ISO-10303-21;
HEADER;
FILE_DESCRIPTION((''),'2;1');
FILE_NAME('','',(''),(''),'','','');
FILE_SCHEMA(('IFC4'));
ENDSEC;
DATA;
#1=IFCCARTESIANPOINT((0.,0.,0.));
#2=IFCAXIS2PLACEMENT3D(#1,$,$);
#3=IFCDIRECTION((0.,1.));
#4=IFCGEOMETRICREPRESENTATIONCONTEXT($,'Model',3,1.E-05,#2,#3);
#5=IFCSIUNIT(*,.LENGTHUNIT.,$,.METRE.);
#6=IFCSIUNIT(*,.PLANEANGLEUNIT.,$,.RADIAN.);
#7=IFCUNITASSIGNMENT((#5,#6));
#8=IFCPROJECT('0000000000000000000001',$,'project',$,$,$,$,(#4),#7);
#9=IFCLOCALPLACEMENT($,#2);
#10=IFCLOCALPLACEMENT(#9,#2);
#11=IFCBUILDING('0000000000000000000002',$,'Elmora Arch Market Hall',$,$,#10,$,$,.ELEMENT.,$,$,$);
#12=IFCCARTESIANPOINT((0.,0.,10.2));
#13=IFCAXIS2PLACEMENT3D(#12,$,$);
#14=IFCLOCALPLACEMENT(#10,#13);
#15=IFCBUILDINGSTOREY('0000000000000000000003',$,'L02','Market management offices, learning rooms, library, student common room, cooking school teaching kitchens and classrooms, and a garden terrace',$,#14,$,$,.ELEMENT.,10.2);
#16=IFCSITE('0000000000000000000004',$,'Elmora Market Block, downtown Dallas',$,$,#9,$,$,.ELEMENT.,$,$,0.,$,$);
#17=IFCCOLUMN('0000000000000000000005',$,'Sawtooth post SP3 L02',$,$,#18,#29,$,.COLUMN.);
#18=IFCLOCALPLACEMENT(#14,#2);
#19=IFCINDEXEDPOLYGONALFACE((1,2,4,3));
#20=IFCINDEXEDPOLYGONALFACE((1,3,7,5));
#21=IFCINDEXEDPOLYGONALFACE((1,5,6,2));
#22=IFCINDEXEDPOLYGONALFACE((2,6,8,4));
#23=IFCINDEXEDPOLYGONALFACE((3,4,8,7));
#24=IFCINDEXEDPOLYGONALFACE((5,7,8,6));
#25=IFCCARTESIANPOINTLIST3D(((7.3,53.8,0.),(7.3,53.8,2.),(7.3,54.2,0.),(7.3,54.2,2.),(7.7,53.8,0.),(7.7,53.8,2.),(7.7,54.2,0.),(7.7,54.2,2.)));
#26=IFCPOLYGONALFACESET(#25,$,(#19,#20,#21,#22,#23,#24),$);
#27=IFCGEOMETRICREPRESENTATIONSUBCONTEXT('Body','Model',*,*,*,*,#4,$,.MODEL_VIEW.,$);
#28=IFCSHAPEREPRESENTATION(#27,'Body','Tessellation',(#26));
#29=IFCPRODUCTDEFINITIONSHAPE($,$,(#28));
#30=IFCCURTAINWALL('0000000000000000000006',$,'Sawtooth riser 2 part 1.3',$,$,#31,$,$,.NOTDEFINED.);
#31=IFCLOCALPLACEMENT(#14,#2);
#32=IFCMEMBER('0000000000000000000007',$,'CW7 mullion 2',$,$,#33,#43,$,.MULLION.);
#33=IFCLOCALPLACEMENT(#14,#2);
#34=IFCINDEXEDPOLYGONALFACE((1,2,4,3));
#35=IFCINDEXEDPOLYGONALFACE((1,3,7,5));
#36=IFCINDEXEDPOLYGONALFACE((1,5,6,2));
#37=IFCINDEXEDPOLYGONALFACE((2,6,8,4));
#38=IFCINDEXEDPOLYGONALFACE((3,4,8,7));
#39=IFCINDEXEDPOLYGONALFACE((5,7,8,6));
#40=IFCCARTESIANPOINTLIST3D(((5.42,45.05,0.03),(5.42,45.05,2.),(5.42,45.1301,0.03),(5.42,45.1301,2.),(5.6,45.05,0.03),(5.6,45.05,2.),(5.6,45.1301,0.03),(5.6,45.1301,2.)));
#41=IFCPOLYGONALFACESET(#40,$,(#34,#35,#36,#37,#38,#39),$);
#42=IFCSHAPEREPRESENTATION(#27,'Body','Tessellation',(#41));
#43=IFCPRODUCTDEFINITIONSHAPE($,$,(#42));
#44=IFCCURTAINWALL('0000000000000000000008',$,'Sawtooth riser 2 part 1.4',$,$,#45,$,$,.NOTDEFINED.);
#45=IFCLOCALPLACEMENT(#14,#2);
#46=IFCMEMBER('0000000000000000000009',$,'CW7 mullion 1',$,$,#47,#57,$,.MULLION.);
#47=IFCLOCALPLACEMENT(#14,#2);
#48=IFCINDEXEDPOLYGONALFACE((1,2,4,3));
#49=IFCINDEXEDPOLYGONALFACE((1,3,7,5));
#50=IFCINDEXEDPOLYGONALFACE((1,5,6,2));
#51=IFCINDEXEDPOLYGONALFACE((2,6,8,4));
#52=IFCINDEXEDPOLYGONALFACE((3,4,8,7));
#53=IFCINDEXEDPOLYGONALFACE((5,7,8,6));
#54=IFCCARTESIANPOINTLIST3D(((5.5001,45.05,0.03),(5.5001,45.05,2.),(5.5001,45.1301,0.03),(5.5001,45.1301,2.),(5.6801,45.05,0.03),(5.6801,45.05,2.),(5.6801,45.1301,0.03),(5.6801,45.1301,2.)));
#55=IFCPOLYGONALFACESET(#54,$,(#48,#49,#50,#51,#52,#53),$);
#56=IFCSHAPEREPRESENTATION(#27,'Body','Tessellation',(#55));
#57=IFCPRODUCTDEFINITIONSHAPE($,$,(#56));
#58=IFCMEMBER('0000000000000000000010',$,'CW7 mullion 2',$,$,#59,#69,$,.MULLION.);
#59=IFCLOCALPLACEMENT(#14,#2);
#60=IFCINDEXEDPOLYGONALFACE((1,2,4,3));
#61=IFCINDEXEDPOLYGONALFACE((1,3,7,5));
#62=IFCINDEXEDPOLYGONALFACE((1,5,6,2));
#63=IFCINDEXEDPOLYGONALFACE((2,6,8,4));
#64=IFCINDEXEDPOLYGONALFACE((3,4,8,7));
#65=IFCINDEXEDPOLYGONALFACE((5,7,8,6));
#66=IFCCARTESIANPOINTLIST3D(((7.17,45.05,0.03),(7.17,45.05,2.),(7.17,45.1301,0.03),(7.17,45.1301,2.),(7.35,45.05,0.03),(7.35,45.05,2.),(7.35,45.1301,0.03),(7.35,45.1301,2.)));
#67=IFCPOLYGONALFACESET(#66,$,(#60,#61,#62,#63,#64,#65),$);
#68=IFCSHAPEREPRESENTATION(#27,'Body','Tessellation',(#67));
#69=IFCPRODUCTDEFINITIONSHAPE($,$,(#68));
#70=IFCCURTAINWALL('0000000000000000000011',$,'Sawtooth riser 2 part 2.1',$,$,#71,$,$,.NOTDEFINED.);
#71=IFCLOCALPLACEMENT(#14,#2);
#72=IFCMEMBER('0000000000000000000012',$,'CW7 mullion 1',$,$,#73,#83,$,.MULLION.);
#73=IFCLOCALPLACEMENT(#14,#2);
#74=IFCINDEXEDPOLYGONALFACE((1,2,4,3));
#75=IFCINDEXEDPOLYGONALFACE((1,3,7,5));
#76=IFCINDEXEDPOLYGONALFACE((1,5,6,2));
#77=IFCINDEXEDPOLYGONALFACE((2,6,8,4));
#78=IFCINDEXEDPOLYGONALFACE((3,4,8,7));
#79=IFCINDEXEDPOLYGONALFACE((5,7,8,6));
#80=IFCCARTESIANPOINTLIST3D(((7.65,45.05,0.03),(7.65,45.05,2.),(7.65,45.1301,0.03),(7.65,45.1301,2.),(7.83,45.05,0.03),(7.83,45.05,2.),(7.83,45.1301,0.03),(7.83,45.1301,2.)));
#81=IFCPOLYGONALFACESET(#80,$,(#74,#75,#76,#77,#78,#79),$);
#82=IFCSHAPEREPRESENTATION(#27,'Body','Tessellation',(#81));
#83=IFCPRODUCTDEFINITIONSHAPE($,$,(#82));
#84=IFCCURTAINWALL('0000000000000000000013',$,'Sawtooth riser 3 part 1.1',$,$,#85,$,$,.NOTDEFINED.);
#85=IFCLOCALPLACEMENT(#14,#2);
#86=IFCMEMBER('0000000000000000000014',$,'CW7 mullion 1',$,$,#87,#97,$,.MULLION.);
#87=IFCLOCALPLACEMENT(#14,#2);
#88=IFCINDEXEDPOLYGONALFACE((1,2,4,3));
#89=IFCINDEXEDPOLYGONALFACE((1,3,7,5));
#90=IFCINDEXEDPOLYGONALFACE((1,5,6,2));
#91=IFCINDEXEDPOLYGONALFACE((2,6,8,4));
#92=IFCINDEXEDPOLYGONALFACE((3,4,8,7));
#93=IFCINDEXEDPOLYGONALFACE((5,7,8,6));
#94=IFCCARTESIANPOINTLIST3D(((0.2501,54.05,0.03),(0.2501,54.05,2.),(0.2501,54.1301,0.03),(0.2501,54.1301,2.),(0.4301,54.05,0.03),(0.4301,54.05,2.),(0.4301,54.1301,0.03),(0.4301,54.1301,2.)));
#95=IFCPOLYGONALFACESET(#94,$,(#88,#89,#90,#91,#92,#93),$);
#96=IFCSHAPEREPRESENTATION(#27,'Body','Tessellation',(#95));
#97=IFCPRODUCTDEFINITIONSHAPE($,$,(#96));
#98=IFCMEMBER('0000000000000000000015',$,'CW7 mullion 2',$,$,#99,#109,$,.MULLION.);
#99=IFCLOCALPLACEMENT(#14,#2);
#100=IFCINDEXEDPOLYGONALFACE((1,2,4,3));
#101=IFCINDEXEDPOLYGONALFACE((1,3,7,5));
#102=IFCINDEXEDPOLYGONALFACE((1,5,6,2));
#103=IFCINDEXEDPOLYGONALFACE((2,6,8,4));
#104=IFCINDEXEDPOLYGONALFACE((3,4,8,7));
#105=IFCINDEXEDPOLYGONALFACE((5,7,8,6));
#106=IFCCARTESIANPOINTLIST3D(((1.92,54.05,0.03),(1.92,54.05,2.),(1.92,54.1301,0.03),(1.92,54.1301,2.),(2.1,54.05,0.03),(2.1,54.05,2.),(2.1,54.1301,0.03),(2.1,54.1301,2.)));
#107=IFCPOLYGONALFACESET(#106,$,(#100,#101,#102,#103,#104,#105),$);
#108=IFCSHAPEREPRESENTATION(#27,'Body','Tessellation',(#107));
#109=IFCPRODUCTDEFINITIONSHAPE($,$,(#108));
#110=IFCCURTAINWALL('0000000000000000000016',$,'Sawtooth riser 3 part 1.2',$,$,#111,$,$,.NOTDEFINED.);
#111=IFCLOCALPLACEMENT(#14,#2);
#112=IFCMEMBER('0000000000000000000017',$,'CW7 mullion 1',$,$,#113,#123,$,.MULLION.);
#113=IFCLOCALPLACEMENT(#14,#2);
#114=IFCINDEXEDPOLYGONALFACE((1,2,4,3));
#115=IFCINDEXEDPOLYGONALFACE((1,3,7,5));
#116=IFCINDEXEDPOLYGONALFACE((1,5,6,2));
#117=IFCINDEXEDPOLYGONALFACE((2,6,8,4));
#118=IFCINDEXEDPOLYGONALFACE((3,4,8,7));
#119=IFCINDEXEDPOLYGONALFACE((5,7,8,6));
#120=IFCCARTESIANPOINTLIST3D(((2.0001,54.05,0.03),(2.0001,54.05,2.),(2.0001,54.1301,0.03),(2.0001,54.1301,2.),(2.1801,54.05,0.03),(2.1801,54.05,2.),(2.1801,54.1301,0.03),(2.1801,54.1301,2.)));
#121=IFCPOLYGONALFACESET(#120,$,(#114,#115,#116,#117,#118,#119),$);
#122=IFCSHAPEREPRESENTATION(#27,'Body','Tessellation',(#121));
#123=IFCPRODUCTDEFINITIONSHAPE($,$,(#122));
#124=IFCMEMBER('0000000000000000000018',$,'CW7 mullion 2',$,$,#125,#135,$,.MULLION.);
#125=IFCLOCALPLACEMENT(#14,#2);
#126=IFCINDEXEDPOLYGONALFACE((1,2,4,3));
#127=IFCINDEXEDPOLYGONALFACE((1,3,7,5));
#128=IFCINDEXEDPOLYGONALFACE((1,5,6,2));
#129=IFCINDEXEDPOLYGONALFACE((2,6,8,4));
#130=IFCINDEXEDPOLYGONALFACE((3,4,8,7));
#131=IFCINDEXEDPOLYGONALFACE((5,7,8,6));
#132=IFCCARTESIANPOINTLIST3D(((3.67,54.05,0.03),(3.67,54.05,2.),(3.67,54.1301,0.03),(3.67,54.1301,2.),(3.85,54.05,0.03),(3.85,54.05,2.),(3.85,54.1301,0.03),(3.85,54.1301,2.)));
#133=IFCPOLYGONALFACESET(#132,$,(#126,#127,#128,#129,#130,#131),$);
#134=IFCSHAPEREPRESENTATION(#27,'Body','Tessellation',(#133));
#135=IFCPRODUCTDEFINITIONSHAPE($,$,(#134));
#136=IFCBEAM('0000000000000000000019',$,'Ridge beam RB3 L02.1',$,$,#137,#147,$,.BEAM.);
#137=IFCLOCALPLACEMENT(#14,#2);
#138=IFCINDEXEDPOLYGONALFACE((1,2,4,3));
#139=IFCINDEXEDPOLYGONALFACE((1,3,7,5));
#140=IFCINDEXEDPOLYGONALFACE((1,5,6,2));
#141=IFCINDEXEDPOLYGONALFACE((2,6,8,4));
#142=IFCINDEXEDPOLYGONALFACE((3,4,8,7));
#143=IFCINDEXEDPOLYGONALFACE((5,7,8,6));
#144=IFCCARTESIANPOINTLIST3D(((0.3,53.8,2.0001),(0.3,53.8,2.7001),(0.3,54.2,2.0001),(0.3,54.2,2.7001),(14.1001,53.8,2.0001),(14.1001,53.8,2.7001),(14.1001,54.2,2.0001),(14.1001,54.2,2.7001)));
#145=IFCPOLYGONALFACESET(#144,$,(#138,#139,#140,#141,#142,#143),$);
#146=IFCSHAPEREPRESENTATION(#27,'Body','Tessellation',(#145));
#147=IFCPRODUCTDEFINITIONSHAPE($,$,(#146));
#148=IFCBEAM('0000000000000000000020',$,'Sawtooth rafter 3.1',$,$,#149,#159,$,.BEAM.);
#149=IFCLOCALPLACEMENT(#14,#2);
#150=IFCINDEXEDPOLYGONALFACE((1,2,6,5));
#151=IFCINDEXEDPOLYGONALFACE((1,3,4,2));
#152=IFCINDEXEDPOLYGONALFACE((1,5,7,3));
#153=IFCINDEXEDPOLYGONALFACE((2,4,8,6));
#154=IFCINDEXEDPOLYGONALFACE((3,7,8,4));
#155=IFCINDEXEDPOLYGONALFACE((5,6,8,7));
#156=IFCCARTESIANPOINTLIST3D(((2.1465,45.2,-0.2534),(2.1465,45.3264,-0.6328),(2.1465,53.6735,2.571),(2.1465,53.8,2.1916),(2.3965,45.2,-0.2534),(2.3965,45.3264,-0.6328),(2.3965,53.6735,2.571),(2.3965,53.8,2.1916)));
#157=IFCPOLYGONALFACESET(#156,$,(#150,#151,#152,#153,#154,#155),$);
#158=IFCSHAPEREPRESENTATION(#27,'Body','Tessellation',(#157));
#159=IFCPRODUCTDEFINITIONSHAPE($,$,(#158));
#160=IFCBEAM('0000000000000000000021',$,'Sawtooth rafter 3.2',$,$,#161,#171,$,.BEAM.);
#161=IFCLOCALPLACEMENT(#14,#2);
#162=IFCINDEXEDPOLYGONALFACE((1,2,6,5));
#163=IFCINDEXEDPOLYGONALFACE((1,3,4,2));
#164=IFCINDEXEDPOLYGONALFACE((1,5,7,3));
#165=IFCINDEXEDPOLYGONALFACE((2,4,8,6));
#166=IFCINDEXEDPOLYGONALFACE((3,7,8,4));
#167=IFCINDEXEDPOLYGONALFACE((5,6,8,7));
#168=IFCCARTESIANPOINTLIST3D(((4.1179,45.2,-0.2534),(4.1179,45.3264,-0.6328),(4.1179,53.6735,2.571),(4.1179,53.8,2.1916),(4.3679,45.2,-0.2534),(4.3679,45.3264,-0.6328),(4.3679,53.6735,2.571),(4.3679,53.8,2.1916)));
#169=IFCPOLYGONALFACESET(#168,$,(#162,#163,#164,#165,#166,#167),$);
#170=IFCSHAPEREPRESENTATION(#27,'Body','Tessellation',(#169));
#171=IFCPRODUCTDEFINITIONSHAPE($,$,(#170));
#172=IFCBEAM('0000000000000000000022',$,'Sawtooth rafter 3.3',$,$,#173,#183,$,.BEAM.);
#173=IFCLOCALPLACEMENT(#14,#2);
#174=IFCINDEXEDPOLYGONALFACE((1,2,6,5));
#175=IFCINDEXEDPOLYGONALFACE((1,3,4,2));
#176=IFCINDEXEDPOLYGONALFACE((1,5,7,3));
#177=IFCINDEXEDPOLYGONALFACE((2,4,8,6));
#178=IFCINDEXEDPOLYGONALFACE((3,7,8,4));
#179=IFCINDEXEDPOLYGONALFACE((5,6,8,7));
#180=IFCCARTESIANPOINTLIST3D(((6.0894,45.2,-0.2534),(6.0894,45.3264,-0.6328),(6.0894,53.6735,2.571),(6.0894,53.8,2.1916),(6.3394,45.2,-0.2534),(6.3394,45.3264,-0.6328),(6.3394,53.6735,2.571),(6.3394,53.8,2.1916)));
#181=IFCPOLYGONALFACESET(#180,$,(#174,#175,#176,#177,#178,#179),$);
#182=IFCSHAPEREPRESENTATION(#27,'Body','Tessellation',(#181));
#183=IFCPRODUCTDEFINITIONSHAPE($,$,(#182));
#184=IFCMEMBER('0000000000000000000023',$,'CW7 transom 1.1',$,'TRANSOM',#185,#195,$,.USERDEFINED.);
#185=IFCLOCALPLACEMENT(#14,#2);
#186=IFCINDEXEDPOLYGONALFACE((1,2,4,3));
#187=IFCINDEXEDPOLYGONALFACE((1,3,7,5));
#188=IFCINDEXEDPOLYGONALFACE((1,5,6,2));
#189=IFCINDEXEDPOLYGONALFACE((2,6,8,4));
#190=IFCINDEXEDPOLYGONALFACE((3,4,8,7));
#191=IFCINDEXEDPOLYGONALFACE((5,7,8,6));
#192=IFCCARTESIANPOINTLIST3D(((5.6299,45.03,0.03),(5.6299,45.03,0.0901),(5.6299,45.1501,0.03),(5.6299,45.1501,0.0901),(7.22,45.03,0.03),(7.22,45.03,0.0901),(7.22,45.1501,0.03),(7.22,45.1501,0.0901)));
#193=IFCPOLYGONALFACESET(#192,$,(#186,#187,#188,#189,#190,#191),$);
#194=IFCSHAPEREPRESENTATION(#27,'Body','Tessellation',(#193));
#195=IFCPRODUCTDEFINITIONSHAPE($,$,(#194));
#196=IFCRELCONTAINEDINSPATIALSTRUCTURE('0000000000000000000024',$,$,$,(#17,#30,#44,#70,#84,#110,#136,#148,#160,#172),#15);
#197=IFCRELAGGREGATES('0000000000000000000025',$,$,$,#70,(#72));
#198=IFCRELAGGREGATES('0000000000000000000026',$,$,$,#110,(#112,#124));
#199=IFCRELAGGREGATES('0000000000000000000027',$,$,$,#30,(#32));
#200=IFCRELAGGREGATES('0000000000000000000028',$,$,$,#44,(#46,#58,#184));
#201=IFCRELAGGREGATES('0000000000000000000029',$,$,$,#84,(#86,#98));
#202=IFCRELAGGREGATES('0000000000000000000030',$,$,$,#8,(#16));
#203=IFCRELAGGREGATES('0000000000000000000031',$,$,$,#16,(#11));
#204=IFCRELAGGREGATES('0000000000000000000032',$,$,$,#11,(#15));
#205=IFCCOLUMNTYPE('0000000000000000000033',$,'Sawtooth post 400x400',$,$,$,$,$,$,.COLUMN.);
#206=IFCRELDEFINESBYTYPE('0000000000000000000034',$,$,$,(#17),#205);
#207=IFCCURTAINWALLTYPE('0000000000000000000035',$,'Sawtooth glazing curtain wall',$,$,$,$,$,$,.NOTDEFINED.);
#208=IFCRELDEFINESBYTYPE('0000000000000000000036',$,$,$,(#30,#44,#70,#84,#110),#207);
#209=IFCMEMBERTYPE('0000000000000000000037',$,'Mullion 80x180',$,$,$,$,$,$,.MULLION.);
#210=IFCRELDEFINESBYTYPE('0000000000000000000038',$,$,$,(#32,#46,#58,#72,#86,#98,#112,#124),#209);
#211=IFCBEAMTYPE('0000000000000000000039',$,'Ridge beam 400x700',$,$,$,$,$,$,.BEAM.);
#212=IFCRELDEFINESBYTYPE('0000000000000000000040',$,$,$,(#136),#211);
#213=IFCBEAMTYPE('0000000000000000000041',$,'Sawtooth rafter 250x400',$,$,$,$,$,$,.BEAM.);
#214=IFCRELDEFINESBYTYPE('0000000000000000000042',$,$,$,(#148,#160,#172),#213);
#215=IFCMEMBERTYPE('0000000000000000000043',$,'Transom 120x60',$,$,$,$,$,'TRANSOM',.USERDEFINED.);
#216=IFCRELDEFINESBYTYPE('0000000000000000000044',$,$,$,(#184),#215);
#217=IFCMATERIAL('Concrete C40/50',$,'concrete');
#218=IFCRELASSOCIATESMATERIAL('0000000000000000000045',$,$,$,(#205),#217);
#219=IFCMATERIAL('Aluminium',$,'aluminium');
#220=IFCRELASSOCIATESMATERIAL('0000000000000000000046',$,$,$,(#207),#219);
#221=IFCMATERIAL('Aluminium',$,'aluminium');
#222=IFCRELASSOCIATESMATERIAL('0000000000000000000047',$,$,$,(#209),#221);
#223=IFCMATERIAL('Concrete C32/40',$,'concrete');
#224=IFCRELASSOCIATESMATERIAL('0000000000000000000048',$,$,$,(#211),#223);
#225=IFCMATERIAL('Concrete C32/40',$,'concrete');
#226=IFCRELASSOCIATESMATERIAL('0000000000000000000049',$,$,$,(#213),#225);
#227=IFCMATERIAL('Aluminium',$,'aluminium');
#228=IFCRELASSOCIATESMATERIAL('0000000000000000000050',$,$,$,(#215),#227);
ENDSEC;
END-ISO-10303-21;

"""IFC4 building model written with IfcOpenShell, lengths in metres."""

from ifc_helpers import new_model, si_unit, direction, frame, origin, origin_2d, place, context, subcontext, project, spatial, rectangle, extrude, material, material_profile, profile_set, type_object, element, aggregate, save


model = new_model("IFC4")

# Units and contexts
model_context = context("Model", 3, precision=1e-05, world=origin(), true_north=direction((0.0, 1.0)))
body_context = subcontext(model_context, "Body", "Model", "MODEL_VIEW")
ifc_project = project(units=[si_unit("LENGTHUNIT", "METRE"), si_unit("PLANEANGLEUNIT", "RADIAN")], contexts=[model_context])

# Site, building, storey
site_placement = place(None, origin())
site = spatial("IfcSite", under=ifc_project, at=site_placement, Name="Elmora Market Block, downtown Dallas", CompositionType="ELEMENT", RefElevation=0.0)
building_placement = place(site_placement, origin())
building = spatial("IfcBuilding", under=site, at=building_placement, Name="Elmora Arch Market Hall", CompositionType="ELEMENT")
storey_placement = place(building_placement, frame((0.0, 0.0, 10.2)))
storey = spatial("IfcBuildingStorey", under=building, at=storey_placement, Name="L02", Description="Market management offices, learning rooms, library, student common room, cooking school teaching kitchens and classrooms, and a garden terrace", CompositionType="ELEMENT", Elevation=10.2)

# Column
ifc_material_1 = material(Name="Concrete C40/50", Category="concrete")
ifc_material_profile_1 = material_profile(ifc_material_1, rectangle(XDim=0.3999, YDim=0.3999, at=origin_2d()), Name="Sawtooth post 400x400")
ifc_profile_set_1 = profile_set([ifc_material_profile_1], Name="Concrete C40/50")
column_type = type_object("IfcColumnType", Name="Sawtooth post 400x400", PredefinedType="COLUMN", material=ifc_profile_set_1)
column_placement = place(storey_placement, frame((7.5, 54.0, 0.0), z_axis=(0.0, 0.0, 1.0), x_axis=(1.0, 0.0, 0.0)))
element("IfcColumn", 1, at=column_placement, inside=storey, type_object=column_type, Name="Sawtooth post SP3 L02", PredefinedType="COLUMN", context=body_context, shape_type="SweptSolid", body=[
    extrude(rectangle(XDim=0.3999, YDim=0.3999, at=origin_2d()), origin(), (0.0, 0.0, 1.0), 2.0),
])

# Curtain wall, member
ifc_material_2 = material(Name="Aluminium", Category="aluminium")
curtain_wall_type = type_object("IfcCurtainWallType", Name="Sawtooth glazing curtain wall", PredefinedType="NOTDEFINED", material=ifc_material_2)
curtain_wall_1_placement = place(storey_placement, origin())
curtain_wall_1 = element("IfcCurtainWall", 2, at=curtain_wall_1_placement, inside=storey, type_object=curtain_wall_type, Name="Sawtooth riser 2 part 1.3", PredefinedType="NOTDEFINED")
ifc_material_3 = material(Name="Aluminium", Category="aluminium")
ifc_material_profile_2 = material_profile(ifc_material_3, rectangle(XDim=0.0801, YDim=0.1799, at=origin_2d()), Name="AL 80x180")
ifc_profile_set_2 = profile_set([ifc_material_profile_2], Name="Aluminium")
member_type_1 = type_object("IfcMemberType", Name="Mullion 80x180", PredefinedType="MULLION", material=ifc_profile_set_2)
member_1_placement = place(storey_placement, frame((5.51, 45.0901, 0.03), z_axis=(0.0, 0.0, 1.0), x_axis=(0.0, 1.0, 0.0)))
member_1 = element("IfcMember", 3, at=member_1_placement, type_object=member_type_1, Name="CW7 mullion 2", PredefinedType="MULLION", context=body_context, shape_type="SweptSolid", body=[
    extrude(rectangle(XDim=0.0801, YDim=0.1799, at=origin_2d()), origin(), (0.0, 0.0, 1.0), 1.97),
])

# Curtain wall, members
curtain_wall_2_placement = place(storey_placement, origin())
curtain_wall_2 = element("IfcCurtainWall", 4, at=curtain_wall_2_placement, inside=storey, type_object=curtain_wall_type, Name="Sawtooth riser 2 part 1.4", PredefinedType="NOTDEFINED")
member_2_placement = place(storey_placement, frame((5.5901, 45.0901, 0.03), z_axis=(0.0, 0.0, 1.0), x_axis=(0.0, 1.0, 0.0)))
member_2 = element("IfcMember", 5, at=member_2_placement, type_object=member_type_1, Name="CW7 mullion 1", PredefinedType="MULLION", context=body_context, shape_type="SweptSolid", body=[
    extrude(rectangle(XDim=0.0801, YDim=0.1799, at=origin_2d()), origin(), (0.0, 0.0, 1.0), 1.97),
])
member_3_placement = place(storey_placement, frame((7.26, 45.0901, 0.03), z_axis=(0.0, 0.0, 1.0), x_axis=(0.0, 1.0, 0.0)))
member_3 = element("IfcMember", 6, at=member_3_placement, type_object=member_type_1, Name="CW7 mullion 2", PredefinedType="MULLION", context=body_context, shape_type="SweptSolid", body=[
    extrude(rectangle(XDim=0.0801, YDim=0.1799, at=origin_2d()), origin(), (0.0, 0.0, 1.0), 1.97),
])

# Curtain wall, member
curtain_wall_3_placement = place(storey_placement, origin())
curtain_wall_3 = element("IfcCurtainWall", 7, at=curtain_wall_3_placement, inside=storey, type_object=curtain_wall_type, Name="Sawtooth riser 2 part 2.1", PredefinedType="NOTDEFINED")
member_4_placement = place(storey_placement, frame((7.74, 45.0901, 0.03), z_axis=(0.0, 0.0, 1.0), x_axis=(0.0, 1.0, 0.0)))
member_4 = element("IfcMember", 8, at=member_4_placement, type_object=member_type_1, Name="CW7 mullion 1", PredefinedType="MULLION", context=body_context, shape_type="SweptSolid", body=[
    extrude(rectangle(XDim=0.0801, YDim=0.1799, at=origin_2d()), origin(), (0.0, 0.0, 1.0), 1.97),
])

# Curtain walls, members
curtain_wall_4_placement = place(storey_placement, origin())
curtain_wall_4 = element("IfcCurtainWall", 9, at=curtain_wall_4_placement, inside=storey, type_object=curtain_wall_type, Name="Sawtooth riser 3 part 1.1", PredefinedType="NOTDEFINED")
member_5_placement = place(storey_placement, frame((0.3401, 54.0901, 0.03), z_axis=(0.0, 0.0, 1.0), x_axis=(0.0, 1.0, 0.0)))
member_5 = element("IfcMember", 10, at=member_5_placement, type_object=member_type_1, Name="CW7 mullion 1", PredefinedType="MULLION", context=body_context, shape_type="SweptSolid", body=[
    extrude(rectangle(XDim=0.0801, YDim=0.1799, at=origin_2d()), origin(), (0.0, 0.0, 1.0), 1.97),
])
member_6_placement = place(storey_placement, frame((2.01, 54.0901, 0.03), z_axis=(0.0, 0.0, 1.0), x_axis=(0.0, 1.0, 0.0)))
member_6 = element("IfcMember", 11, at=member_6_placement, type_object=member_type_1, Name="CW7 mullion 2", PredefinedType="MULLION", context=body_context, shape_type="SweptSolid", body=[
    extrude(rectangle(XDim=0.0801, YDim=0.1799, at=origin_2d()), origin(), (0.0, 0.0, 1.0), 1.97),
])
curtain_wall_5_placement = place(storey_placement, origin())
curtain_wall_5 = element("IfcCurtainWall", 12, at=curtain_wall_5_placement, inside=storey, type_object=curtain_wall_type, Name="Sawtooth riser 3 part 1.2", PredefinedType="NOTDEFINED")
member_7_placement = place(storey_placement, frame((2.0901, 54.0901, 0.03), z_axis=(0.0, 0.0, 1.0), x_axis=(0.0, 1.0, 0.0)))
member_7 = element("IfcMember", 13, at=member_7_placement, type_object=member_type_1, Name="CW7 mullion 1", PredefinedType="MULLION", context=body_context, shape_type="SweptSolid", body=[
    extrude(rectangle(XDim=0.0801, YDim=0.1799, at=origin_2d()), origin(), (0.0, 0.0, 1.0), 1.97),
])
member_8_placement = place(storey_placement, frame((3.76, 54.0901, 0.03), z_axis=(0.0, 0.0, 1.0), x_axis=(0.0, 1.0, 0.0)))
member_8 = element("IfcMember", 14, at=member_8_placement, type_object=member_type_1, Name="CW7 mullion 2", PredefinedType="MULLION", context=body_context, shape_type="SweptSolid", body=[
    extrude(rectangle(XDim=0.0801, YDim=0.1799, at=origin_2d()), origin(), (0.0, 0.0, 1.0), 1.97),
])

# Beams
ifc_material_4 = material(Name="Concrete C32/40", Category="concrete")
ifc_material_profile_3 = material_profile(ifc_material_4, rectangle(XDim=0.3999, YDim=0.7, at=origin_2d()), Name="Ridge beam 400x700")
ifc_profile_set_3 = profile_set([ifc_material_profile_3], Name="Concrete C32/40")
beam_type_1 = type_object("IfcBeamType", Name="Ridge beam 400x700", PredefinedType="BEAM", material=ifc_profile_set_3)
beam_placement = place(storey_placement, frame((0.3, 54.0, 2.3501), z_axis=(1.0, 0.0, 0.0), x_axis=(0.0, 1.0, 0.0)))
element("IfcBeam", 15, at=beam_placement, inside=storey, type_object=beam_type_1, Name="Ridge beam RB3 L02.1", PredefinedType="BEAM", context=body_context, shape_type="SweptSolid", body=[
    extrude(rectangle(XDim=0.3999, YDim=0.7, at=origin_2d()), origin(), (0.0, 0.0, 1.0), 13.8),
])
ifc_material_5 = material(Name="Concrete C32/40", Category="concrete")
ifc_material_profile_4 = material_profile(ifc_material_5, rectangle(XDim=0.25, YDim=0.3999, at=origin_2d()), Name="Sawtooth rafter 250x400")
ifc_profile_set_4 = profile_set([ifc_material_profile_4], Name="Concrete C32/40")
beam_type_2 = type_object("IfcBeamType", Name="Sawtooth rafter 250x400", PredefinedType="BEAM", material=ifc_profile_set_4)
for number, where, z_axis, x_axis, name in (
    (16, (2.2715, 45.2632, -0.4431), (0.0, 0.948686, 0.31622), (-1.0, 0.0, 0.0), "Sawtooth rafter 3.1"),
    (17, (4.2429, 45.2632, -0.4431), (0.0, 0.948686, 0.31622), (-1.0, 0.0, 0.0), "Sawtooth rafter 3.2"),
    (18, (6.2144, 45.2632, -0.4431), (0.0, 0.948686, 0.31622), (-1.0, 0.0, 0.0), "Sawtooth rafter 3.3"),
):
    element("IfcBeam", number, at=place(storey_placement, frame(where, z_axis=z_axis, x_axis=x_axis)), inside=storey, type_object=beam_type_2, Name=name, PredefinedType="BEAM", context=body_context, shape_type="SweptSolid", body=[
        extrude(rectangle(XDim=0.25, YDim=0.3999, at=origin_2d()), origin(), (0.0, 0.0, 1.0), 8.9319),
    ])

# Member
ifc_material_6 = material(Name="Aluminium", Category="aluminium")
ifc_material_profile_5 = material_profile(ifc_material_6, rectangle(XDim=0.1201, YDim=0.0601, at=origin_2d()), Name="AL 120x60")
ifc_profile_set_5 = profile_set([ifc_material_profile_5], Name="Aluminium")
member_type_2 = type_object("IfcMemberType", Name="Transom 120x60", ElementType="TRANSOM", PredefinedType="USERDEFINED", material=ifc_profile_set_5)
member_9_placement = place(storey_placement, frame((5.6299, 45.0901, 0.0601), z_axis=(1.0, 0.0, 0.0), x_axis=(0.0, 1.0, 0.0)))
member_9 = element("IfcMember", 19, at=member_9_placement, type_object=member_type_2, Name="CW7 transom 1.1", ObjectType="TRANSOM", PredefinedType="USERDEFINED", context=body_context, shape_type="SweptSolid", body=[
    extrude(rectangle(XDim=0.1201, YDim=0.0601, at=origin_2d()), origin(), (0.0, 0.0, 1.0), 1.5901),
])
aggregate(curtain_wall_3, [member_4])
aggregate(curtain_wall_5, [member_7, member_8])

aggregate(curtain_wall_1, [member_1])
aggregate(curtain_wall_2, [member_2, member_3, member_9])
aggregate(curtain_wall_4, [member_5, member_6])

save(model, "model.ifc")
